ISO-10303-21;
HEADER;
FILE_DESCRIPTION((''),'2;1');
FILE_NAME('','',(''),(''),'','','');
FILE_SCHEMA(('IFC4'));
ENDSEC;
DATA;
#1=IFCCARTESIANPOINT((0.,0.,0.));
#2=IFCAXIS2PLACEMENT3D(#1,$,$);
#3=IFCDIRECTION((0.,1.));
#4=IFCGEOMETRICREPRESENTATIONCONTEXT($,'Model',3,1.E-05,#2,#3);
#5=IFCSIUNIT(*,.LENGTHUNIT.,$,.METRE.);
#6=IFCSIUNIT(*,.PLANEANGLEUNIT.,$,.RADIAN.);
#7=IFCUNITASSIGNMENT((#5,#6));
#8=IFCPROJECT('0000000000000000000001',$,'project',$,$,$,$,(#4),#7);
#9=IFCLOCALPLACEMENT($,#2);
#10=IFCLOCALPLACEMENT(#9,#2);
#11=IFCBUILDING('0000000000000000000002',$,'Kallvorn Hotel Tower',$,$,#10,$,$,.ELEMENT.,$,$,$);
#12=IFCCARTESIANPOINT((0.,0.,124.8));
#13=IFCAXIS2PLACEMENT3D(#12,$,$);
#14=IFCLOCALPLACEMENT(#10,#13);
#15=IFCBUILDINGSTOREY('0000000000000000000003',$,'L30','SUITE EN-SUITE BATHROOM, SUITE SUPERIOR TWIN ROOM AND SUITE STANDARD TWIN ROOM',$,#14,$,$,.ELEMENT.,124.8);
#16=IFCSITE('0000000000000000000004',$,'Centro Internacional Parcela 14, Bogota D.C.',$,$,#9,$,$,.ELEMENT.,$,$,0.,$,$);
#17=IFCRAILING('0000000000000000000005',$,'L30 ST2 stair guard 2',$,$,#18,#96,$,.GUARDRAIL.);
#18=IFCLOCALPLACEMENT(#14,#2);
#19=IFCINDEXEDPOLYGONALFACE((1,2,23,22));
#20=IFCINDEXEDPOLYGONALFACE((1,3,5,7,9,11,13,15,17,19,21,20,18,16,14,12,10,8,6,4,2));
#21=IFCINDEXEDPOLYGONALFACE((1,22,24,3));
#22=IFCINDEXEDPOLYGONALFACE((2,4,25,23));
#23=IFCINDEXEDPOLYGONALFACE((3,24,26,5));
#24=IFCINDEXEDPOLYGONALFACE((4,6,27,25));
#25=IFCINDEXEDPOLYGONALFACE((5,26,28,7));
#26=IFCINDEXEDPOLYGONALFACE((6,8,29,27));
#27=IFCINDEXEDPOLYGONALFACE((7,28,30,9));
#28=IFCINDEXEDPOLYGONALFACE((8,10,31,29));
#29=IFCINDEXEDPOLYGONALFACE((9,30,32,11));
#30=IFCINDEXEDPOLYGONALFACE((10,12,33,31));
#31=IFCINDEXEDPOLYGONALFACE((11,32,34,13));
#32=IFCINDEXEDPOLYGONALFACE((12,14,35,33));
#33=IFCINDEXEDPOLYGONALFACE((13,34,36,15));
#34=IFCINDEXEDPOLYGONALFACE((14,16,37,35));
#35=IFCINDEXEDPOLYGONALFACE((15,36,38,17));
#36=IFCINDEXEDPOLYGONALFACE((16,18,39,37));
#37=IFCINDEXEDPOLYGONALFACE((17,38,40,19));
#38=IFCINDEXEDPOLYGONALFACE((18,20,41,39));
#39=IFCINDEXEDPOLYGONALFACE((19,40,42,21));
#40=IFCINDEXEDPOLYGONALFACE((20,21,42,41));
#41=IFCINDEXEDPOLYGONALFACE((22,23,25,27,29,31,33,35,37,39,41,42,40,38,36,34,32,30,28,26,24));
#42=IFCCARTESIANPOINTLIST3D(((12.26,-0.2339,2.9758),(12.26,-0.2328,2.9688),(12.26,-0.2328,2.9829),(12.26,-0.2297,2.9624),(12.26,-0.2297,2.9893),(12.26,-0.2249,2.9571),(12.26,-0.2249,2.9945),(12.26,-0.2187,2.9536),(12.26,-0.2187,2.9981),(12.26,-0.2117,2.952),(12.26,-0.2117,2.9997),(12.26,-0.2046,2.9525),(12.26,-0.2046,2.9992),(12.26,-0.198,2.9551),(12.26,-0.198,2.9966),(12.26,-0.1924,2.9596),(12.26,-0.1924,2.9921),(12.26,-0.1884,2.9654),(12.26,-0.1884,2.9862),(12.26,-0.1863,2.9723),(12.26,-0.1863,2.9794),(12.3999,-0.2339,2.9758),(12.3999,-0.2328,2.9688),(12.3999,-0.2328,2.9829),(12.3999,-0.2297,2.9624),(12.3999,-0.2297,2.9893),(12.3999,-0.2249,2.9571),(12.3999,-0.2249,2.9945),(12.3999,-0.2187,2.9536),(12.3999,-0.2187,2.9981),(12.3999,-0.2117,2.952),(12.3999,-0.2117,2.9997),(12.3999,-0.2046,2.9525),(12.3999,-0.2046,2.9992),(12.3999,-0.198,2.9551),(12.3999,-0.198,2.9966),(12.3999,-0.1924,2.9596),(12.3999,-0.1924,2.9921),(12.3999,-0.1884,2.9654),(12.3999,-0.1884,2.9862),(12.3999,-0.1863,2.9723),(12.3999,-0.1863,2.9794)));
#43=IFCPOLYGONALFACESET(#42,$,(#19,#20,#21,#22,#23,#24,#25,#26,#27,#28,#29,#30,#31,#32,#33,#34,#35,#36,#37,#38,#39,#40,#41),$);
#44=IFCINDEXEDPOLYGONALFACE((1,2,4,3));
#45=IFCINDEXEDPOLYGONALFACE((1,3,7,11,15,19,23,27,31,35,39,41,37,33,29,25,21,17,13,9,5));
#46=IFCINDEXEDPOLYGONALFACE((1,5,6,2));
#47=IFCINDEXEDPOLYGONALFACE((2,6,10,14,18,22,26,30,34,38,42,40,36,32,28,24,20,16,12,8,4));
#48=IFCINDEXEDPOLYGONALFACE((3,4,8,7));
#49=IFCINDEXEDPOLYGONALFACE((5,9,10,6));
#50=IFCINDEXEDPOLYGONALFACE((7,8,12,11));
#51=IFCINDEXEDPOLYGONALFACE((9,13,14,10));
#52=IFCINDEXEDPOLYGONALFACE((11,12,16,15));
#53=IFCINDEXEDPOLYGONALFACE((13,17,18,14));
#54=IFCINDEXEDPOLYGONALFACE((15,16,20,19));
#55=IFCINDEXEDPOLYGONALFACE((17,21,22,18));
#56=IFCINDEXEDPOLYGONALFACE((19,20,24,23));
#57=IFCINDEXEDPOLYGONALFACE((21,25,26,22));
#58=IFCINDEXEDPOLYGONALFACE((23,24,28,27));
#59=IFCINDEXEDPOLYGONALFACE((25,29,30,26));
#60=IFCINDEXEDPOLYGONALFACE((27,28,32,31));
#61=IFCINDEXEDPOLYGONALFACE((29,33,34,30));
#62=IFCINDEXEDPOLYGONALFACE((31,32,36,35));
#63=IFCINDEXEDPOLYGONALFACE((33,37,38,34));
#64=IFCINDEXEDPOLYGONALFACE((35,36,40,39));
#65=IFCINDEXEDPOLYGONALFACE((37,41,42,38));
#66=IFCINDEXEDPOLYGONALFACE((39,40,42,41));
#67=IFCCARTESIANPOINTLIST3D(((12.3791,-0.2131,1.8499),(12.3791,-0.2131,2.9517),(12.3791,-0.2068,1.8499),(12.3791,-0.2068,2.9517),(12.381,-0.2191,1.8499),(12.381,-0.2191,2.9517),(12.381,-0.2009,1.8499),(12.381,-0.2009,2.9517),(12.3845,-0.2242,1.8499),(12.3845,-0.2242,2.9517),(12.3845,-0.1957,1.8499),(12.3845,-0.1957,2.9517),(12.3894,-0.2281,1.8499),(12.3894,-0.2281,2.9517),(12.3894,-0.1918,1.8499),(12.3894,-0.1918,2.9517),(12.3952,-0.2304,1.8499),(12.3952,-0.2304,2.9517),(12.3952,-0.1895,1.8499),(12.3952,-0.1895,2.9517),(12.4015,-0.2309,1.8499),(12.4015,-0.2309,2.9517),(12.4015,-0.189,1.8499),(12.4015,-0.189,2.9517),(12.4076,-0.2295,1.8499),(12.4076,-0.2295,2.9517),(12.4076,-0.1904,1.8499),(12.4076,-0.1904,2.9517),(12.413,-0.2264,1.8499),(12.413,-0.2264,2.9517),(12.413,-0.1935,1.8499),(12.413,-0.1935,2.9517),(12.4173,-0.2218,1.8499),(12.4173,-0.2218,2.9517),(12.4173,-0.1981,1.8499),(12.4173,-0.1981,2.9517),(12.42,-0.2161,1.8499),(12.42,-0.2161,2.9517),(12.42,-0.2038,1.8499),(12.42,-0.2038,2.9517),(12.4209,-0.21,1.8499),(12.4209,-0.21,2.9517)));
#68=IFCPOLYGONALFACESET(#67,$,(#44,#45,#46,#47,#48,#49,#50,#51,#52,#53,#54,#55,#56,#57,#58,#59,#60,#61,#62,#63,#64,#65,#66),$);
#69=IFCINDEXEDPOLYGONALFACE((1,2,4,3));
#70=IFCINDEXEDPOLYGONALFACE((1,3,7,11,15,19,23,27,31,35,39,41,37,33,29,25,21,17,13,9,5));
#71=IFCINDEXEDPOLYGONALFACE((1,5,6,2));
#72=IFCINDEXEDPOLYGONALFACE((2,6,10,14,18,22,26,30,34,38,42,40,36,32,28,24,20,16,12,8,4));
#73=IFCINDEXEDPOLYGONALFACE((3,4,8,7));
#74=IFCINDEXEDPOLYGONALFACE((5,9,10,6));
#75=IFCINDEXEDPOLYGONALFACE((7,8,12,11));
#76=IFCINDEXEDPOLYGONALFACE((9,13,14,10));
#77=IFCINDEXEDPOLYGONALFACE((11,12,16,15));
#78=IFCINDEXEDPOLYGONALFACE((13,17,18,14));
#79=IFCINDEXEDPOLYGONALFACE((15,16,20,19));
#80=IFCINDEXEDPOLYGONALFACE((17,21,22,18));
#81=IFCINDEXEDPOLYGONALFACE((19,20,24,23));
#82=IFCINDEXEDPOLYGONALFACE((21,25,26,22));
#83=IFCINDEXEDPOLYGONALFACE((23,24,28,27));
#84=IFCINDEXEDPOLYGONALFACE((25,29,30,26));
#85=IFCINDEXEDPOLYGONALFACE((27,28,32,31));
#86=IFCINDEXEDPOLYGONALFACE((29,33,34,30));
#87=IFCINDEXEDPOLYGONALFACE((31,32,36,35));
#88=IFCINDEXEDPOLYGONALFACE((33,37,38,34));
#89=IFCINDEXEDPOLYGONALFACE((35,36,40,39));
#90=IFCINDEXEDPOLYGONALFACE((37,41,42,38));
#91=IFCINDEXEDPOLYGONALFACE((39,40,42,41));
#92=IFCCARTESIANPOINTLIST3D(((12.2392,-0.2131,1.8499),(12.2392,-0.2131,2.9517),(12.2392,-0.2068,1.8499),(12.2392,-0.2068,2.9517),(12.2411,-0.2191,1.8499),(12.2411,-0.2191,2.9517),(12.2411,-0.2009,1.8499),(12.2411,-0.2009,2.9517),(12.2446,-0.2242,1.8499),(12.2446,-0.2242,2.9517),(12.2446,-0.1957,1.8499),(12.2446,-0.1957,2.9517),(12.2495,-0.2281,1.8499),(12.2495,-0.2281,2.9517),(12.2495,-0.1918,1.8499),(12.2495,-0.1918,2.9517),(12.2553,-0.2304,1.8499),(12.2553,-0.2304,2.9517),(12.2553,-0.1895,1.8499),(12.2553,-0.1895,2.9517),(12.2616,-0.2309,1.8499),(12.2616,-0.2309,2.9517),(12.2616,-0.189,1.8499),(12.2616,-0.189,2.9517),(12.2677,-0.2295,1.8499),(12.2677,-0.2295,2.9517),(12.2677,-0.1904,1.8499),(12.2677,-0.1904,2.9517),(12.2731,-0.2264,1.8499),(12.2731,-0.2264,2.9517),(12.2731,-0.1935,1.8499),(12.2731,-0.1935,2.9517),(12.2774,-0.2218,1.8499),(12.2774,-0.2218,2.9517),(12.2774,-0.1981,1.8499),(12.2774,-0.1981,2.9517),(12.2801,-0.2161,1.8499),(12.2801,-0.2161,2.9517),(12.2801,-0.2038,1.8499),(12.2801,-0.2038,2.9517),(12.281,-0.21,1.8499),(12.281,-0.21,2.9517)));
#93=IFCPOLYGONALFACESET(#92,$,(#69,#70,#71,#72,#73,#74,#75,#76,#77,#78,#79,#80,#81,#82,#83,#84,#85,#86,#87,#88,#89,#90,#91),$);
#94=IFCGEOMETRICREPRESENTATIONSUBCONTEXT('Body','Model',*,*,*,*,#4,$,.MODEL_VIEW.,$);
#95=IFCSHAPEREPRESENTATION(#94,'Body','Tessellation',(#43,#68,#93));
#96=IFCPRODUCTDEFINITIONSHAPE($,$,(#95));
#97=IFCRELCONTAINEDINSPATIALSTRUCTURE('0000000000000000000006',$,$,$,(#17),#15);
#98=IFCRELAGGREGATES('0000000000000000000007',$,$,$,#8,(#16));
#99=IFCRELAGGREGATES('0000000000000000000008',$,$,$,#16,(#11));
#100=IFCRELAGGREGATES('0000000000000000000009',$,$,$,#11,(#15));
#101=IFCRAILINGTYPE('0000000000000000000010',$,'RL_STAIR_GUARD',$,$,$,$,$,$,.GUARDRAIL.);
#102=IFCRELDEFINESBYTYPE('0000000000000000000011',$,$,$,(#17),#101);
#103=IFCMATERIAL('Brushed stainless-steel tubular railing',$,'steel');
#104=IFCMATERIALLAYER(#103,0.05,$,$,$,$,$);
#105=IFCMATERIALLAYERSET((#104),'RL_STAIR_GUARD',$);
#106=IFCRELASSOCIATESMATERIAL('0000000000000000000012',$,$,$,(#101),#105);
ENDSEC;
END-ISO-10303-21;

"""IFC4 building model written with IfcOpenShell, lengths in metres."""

from ifc_helpers import new_model, si_unit, direction, frame, origin, origin_2d, place, context, subcontext, project, spatial, circle, extrude, material, layer, layer_set, type_object, element, save


model = new_model("IFC4")

# Units and contexts
model_context = context("Model", 3, precision=1e-05, world=origin(), true_north=direction((0.0, 1.0)))
body_context = subcontext(model_context, "Body", "Model", "MODEL_VIEW")
ifc_project = project(units=[si_unit("LENGTHUNIT", "METRE"), si_unit("PLANEANGLEUNIT", "RADIAN")], contexts=[model_context])

# Site, building, storey
site_placement = place(None, origin())
site = spatial("IfcSite", under=ifc_project, at=site_placement, Name="Centro Internacional Parcela 14, Bogota D.C.", CompositionType="ELEMENT", RefElevation=0.0)
building_placement = place(site_placement, origin())
building = spatial("IfcBuilding", under=site, at=building_placement, Name="Kallvorn Hotel Tower", CompositionType="ELEMENT")
storey_placement = place(building_placement, frame((0.0, 0.0, 124.8)))
storey = spatial("IfcBuildingStorey", under=building, at=storey_placement, Name="L30", Description="SUITE EN-SUITE BATHROOM, SUITE SUPERIOR TWIN ROOM AND SUITE STANDARD TWIN ROOM", CompositionType="ELEMENT", Elevation=124.8)

# Railing
ifc_material_1 = material(Name="Brushed stainless-steel tubular railing", Category="steel")
ifc_layer_1 = layer(ifc_material_1, 0.05)
ifc_layer_set_1 = layer_set([ifc_layer_1], Name="RL_STAIR_GUARD")
railing_type_1 = type_object("IfcRailingType", Name="RL_STAIR_GUARD", PredefinedType="GUARDRAIL", material=ifc_layer_set_1)
railing_1_placement = place(storey_placement, frame((12.3999, -0.21, 1.8499)))
element("IfcRailing", 1, at=railing_1_placement, inside=storey, type_object=railing_type_1, Name="L30 ST2 stair guard 2", PredefinedType="GUARDRAIL", context=body_context, shape_type="SweptSolid", body=[
    extrude(circle(Radius=0.0239, at=origin_2d()), frame((0.0, 0.0, 1.126), z_axis=(-1.0, 0.0, 0.0), x_axis=(0.0, -1.0, 0.0)), (0.0, 0.0, 1.0), 0.1399),
    extrude(circle(Radius=0.021, at=origin_2d()), origin(), (0.0, 0.0, 1.0), 1.1018),
    extrude(circle(Radius=0.021, at=origin_2d()), frame((-0.1399, 0.0, 0.0)), (0.0, 0.0, 1.0), 1.1018),
])

save(model, "model.ifc")
